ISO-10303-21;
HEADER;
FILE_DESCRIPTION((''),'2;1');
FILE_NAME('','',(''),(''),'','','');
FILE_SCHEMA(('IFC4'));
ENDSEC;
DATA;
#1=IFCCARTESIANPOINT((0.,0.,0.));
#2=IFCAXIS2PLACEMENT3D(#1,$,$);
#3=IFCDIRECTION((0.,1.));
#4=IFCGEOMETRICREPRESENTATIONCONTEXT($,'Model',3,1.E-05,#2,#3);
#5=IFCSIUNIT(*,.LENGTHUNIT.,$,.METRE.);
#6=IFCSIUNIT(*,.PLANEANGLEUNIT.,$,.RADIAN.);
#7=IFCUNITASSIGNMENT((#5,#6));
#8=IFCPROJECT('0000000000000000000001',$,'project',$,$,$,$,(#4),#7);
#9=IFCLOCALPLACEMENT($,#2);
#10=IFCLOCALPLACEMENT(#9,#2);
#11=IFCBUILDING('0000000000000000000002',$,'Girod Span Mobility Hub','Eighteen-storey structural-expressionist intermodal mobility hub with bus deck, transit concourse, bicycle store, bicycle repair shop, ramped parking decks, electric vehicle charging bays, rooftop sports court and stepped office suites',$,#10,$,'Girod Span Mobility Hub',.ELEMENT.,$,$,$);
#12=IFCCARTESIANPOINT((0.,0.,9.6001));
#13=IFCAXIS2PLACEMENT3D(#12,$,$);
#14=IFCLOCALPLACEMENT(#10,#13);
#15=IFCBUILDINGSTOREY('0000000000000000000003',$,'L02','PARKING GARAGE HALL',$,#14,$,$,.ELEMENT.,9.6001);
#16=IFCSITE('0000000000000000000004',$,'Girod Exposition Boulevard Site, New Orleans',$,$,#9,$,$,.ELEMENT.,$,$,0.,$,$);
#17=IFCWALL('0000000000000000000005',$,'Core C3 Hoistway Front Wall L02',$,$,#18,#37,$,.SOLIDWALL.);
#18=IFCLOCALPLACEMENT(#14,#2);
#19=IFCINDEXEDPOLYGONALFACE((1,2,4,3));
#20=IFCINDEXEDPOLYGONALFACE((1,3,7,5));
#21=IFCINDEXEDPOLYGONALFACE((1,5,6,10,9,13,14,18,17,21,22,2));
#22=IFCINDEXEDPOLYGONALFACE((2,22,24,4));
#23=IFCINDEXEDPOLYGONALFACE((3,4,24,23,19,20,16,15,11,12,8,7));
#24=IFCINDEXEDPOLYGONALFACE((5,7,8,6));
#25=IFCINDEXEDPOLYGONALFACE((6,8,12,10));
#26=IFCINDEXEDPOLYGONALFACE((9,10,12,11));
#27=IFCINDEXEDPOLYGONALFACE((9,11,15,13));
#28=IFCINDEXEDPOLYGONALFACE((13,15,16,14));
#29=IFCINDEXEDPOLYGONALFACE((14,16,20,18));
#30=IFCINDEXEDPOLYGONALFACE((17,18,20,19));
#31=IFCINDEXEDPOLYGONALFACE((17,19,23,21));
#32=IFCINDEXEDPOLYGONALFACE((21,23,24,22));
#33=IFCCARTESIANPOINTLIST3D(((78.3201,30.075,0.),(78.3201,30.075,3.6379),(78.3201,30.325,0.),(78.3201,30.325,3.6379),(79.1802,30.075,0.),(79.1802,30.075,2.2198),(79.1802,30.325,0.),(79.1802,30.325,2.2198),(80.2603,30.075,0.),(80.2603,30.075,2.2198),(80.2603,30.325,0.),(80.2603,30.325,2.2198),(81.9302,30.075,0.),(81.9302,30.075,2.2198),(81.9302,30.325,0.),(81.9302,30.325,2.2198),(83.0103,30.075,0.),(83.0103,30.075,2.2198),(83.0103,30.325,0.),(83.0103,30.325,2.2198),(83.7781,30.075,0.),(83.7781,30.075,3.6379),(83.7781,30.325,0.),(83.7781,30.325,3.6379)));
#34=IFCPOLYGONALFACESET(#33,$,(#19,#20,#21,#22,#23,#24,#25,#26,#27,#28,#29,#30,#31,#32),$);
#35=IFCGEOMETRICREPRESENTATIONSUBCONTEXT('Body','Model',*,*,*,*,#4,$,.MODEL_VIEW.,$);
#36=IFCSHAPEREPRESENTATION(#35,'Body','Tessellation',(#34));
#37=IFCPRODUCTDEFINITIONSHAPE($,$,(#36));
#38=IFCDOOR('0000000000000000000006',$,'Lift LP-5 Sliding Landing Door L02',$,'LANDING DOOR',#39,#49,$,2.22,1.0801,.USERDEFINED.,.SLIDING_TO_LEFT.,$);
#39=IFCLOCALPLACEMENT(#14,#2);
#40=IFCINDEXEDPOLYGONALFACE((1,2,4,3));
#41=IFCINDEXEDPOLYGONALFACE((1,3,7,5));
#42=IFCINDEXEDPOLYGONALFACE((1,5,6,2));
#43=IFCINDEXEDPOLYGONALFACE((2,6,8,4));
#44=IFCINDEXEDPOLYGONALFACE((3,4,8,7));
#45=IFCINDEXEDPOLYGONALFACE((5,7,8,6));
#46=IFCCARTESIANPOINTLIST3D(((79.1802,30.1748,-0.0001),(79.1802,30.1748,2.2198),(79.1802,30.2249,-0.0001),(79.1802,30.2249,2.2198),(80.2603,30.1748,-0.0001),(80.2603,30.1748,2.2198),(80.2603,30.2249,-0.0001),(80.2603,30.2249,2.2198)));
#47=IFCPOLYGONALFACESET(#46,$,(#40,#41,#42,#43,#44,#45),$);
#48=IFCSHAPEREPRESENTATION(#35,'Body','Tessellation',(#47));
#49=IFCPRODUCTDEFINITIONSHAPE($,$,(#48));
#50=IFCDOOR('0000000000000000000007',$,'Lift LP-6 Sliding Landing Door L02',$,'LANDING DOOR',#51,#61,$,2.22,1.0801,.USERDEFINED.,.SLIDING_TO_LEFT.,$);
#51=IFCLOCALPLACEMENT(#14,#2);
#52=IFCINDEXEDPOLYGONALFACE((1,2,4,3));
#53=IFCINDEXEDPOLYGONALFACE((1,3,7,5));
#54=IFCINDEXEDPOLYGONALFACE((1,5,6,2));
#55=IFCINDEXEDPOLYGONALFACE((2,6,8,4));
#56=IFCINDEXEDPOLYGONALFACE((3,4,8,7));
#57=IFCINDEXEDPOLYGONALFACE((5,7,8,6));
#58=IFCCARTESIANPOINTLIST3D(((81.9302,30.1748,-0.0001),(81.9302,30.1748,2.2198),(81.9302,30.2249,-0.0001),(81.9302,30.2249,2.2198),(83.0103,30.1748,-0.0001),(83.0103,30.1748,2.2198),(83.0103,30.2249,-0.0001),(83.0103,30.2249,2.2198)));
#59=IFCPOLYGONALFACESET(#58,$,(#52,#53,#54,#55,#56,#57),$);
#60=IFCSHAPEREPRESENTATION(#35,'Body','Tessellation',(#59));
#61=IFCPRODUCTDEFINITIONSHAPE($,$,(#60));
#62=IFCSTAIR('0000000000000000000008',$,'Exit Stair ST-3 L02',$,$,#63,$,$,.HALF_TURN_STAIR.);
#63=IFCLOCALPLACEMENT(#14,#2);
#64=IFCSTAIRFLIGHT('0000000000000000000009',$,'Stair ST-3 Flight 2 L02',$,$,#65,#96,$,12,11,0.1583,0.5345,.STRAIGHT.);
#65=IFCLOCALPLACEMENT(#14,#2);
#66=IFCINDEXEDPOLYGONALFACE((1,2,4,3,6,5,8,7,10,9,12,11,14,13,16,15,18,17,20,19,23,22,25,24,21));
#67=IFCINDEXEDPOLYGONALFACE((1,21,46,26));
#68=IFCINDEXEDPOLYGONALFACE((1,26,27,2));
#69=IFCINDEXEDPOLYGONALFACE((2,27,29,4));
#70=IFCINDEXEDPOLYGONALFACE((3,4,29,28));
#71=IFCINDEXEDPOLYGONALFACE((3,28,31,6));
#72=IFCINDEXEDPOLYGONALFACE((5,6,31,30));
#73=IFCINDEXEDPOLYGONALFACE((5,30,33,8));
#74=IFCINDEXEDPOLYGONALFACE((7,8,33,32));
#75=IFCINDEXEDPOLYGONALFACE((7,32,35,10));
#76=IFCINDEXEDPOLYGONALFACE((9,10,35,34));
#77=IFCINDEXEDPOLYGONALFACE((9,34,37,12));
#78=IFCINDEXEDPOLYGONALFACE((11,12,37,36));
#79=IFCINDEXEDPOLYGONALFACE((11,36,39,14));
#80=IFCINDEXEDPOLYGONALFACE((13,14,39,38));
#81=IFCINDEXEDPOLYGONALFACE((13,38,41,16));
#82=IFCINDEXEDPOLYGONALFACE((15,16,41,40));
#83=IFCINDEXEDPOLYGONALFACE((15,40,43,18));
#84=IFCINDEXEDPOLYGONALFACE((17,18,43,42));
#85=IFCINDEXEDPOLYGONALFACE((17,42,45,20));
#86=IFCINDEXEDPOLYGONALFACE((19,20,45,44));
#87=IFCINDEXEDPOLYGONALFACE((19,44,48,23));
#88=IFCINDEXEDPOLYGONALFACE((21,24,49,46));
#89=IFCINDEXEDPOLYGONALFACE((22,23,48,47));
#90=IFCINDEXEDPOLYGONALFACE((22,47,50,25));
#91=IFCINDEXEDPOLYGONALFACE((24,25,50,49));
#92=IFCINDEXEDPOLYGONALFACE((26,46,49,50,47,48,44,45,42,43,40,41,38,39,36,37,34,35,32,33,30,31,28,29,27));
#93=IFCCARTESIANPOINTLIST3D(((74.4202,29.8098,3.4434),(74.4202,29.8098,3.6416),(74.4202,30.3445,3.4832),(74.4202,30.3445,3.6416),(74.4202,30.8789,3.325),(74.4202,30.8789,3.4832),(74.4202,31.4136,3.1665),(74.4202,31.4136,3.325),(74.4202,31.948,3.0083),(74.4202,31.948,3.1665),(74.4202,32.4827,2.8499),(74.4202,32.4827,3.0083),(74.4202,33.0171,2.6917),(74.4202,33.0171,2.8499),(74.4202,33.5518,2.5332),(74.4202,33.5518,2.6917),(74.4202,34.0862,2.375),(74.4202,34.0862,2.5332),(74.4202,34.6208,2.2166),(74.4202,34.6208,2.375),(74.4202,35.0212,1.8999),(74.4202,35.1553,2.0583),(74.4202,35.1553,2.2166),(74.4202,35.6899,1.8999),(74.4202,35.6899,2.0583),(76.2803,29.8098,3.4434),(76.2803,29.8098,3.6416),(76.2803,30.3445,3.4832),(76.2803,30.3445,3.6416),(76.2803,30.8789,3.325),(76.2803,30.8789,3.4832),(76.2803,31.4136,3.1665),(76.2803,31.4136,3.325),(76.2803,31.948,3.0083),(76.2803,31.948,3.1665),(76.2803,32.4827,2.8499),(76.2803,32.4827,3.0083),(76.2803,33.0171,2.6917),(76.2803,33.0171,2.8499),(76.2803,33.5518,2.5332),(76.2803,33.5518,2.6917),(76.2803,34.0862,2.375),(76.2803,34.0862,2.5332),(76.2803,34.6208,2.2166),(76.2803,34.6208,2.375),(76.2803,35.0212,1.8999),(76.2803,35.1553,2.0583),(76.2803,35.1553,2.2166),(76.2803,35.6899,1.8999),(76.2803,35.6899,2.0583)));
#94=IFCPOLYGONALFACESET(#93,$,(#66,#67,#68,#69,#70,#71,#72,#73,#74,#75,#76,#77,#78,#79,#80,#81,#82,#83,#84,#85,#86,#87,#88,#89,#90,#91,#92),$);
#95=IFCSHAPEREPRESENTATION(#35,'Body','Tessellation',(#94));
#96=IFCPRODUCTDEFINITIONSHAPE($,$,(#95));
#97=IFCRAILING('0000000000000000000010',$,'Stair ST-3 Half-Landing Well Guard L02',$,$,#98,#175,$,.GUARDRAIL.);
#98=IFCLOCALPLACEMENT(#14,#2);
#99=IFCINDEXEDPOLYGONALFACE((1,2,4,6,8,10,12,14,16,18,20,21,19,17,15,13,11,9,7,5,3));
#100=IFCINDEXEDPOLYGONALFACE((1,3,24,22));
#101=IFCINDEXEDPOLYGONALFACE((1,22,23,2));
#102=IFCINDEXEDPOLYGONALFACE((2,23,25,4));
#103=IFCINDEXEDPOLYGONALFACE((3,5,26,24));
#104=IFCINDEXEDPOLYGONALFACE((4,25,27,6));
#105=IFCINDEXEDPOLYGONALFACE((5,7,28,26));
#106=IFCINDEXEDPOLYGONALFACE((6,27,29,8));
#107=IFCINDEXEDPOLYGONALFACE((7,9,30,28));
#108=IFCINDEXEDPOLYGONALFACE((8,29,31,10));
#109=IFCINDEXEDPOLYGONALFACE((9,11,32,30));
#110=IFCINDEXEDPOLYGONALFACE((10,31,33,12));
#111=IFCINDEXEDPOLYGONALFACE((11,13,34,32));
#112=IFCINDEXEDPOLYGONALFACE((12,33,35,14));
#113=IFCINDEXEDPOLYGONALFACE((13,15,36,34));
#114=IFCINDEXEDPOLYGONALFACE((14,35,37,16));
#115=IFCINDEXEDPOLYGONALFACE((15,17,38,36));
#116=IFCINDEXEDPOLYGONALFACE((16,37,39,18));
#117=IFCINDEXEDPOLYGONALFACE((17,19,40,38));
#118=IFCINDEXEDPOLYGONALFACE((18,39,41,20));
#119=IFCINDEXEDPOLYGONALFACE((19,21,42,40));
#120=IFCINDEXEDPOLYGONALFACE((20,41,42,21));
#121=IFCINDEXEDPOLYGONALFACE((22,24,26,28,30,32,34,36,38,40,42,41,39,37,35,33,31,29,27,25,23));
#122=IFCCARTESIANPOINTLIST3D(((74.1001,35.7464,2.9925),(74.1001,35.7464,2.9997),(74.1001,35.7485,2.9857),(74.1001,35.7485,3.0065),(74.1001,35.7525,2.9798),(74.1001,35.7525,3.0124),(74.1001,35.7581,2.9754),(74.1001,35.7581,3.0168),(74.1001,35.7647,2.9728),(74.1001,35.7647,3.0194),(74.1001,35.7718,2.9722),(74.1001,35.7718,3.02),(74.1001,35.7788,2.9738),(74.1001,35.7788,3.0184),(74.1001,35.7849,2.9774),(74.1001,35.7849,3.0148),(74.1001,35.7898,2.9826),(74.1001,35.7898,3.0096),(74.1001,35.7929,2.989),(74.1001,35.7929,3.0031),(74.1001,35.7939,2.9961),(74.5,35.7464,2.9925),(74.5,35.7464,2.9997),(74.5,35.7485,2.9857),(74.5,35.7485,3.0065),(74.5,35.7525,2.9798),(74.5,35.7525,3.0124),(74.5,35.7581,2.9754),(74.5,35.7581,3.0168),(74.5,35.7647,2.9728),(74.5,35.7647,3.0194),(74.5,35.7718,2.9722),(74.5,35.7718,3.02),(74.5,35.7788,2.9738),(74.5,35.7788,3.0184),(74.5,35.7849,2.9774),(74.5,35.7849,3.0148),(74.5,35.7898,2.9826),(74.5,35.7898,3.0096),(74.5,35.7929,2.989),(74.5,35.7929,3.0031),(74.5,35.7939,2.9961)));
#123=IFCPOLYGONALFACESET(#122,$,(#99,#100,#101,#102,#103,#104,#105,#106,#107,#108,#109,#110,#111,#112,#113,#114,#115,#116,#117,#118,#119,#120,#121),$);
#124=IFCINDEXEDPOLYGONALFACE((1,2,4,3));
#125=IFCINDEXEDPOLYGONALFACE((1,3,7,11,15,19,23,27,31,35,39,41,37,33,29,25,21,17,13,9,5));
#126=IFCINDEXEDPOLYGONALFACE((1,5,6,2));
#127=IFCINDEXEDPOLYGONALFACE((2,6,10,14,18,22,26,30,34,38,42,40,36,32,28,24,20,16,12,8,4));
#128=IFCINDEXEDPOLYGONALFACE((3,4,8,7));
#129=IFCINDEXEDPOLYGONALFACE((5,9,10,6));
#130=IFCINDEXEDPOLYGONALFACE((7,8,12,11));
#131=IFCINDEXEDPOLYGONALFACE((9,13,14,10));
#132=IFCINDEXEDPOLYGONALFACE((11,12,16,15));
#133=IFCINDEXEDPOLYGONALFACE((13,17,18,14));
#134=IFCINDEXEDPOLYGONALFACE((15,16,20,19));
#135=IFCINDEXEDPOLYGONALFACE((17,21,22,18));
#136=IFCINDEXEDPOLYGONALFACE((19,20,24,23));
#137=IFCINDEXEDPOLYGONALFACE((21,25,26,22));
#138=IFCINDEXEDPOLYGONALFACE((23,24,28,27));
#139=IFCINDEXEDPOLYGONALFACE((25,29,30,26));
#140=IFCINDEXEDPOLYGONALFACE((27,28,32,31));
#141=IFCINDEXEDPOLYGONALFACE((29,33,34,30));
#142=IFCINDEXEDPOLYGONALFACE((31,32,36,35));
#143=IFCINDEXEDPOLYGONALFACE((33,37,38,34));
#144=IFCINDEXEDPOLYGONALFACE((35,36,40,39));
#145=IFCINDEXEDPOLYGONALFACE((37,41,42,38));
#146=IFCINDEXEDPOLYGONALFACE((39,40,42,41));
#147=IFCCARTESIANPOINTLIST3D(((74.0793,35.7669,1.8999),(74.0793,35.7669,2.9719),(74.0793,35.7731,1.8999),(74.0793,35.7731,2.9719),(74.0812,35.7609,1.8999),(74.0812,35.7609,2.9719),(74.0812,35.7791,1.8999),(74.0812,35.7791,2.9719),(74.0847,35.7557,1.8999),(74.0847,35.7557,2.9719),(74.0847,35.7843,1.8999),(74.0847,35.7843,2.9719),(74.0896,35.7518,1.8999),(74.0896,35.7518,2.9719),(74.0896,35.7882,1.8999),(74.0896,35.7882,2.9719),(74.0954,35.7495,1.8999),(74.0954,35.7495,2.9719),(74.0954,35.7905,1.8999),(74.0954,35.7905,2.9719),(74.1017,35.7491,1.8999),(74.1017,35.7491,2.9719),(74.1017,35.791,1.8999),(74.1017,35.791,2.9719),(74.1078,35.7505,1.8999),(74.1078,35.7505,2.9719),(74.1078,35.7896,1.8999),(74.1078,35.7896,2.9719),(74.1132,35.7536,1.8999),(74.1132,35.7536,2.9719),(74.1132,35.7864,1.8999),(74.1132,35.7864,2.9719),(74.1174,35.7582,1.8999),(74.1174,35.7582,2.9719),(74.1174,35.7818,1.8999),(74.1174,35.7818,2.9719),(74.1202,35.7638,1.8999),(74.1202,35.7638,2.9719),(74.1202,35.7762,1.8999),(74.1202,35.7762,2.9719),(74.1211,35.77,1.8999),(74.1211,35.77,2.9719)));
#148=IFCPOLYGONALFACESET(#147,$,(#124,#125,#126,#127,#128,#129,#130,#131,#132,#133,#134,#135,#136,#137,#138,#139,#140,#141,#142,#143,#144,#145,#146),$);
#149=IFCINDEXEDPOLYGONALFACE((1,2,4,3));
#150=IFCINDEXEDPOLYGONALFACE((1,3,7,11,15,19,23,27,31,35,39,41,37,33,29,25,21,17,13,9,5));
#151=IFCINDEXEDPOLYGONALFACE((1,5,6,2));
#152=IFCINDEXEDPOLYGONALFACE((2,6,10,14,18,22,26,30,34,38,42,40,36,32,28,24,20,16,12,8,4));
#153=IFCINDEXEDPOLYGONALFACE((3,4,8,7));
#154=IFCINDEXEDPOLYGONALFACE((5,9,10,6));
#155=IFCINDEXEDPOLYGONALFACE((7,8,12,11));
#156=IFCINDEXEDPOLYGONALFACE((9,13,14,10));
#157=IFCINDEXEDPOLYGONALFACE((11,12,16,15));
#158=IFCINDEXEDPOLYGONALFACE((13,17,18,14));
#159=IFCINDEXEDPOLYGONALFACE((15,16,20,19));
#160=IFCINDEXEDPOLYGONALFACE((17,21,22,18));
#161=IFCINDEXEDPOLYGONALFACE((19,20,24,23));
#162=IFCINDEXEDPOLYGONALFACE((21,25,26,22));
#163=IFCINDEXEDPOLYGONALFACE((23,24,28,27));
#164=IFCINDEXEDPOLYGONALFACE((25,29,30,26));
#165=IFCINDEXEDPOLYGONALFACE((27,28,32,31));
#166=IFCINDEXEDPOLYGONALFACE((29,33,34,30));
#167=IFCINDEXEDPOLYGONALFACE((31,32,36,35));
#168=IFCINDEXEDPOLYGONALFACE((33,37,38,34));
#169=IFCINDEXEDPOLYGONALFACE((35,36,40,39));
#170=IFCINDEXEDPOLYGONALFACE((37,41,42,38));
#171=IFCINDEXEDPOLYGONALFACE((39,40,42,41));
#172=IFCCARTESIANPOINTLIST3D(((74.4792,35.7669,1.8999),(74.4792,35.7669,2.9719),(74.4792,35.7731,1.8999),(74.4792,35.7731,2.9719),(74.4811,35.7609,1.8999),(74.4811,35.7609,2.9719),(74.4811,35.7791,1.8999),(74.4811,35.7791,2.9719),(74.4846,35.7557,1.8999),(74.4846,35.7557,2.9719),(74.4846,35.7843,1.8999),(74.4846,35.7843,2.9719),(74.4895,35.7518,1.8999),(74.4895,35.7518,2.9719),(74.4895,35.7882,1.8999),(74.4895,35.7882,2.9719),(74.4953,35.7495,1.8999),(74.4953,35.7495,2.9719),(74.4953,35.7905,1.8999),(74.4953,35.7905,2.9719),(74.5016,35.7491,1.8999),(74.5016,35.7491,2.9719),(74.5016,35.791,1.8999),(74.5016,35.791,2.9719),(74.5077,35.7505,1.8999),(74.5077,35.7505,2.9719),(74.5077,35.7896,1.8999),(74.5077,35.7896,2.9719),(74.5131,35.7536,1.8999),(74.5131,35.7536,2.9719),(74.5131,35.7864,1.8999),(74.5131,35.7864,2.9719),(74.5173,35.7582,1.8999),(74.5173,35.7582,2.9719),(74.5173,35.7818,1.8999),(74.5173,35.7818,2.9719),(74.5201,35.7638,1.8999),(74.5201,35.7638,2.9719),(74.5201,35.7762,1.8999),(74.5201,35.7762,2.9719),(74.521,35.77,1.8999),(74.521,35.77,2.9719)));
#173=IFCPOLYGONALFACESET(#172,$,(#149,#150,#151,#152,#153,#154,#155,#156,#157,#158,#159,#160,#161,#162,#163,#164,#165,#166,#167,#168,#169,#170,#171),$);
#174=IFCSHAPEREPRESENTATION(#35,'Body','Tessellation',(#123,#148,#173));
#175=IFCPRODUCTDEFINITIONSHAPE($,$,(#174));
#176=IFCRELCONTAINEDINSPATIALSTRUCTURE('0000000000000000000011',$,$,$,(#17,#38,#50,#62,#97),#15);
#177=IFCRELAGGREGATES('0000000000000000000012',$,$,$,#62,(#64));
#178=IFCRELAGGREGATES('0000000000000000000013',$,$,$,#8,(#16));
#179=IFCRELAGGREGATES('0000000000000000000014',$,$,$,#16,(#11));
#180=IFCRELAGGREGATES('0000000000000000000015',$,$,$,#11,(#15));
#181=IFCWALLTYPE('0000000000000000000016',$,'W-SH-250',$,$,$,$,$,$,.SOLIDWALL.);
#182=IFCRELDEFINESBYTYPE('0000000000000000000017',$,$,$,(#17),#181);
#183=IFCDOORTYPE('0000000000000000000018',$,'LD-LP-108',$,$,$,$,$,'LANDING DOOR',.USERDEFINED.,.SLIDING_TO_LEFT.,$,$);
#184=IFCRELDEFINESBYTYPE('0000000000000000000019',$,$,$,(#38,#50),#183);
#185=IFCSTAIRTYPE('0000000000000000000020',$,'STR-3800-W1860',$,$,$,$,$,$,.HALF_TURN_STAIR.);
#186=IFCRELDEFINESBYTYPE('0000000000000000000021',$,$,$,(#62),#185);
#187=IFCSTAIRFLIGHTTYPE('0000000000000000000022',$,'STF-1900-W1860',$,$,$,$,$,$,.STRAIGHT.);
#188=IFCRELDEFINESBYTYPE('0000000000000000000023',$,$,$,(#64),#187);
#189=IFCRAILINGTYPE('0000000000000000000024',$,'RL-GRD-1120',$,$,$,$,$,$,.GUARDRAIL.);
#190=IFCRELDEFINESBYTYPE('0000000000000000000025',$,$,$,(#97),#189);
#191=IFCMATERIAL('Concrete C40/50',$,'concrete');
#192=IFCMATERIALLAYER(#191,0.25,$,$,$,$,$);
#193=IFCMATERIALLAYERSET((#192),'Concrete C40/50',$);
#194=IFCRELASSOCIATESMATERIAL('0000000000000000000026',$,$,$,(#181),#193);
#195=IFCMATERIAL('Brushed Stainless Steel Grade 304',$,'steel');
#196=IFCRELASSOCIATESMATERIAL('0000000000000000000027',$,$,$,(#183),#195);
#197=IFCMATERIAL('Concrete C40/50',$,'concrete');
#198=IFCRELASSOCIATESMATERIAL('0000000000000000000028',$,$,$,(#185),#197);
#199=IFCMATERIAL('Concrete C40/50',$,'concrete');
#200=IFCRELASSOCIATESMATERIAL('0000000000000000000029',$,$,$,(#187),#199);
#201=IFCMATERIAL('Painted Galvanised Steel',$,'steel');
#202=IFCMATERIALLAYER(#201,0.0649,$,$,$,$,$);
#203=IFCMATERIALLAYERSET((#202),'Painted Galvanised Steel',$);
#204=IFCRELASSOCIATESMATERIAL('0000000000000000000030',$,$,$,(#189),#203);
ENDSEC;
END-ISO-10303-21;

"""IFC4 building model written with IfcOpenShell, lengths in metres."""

from ifc_helpers import new_model, si_unit, direction, frame, frame_2d, origin, origin_2d, place, context, subcontext, project, spatial, polyline, rectangle, circle, outline, extrude, material, layer, layer_set, type_object, element, fill, aggregate, save


model = new_model("IFC4")

# Units and contexts
model_context = context("Model", 3, precision=1e-05, world=origin(), true_north=direction((0.0, 1.0)))
body_context = subcontext(model_context, "Body", "Model", "MODEL_VIEW")
ifc_project = project(units=[si_unit("LENGTHUNIT", "METRE"), si_unit("PLANEANGLEUNIT", "RADIAN")], contexts=[model_context])

# Site, building, storey
site_placement = place(None, origin())
site = spatial("IfcSite", under=ifc_project, at=site_placement, Name="Girod Exposition Boulevard Site, New Orleans", CompositionType="ELEMENT", RefElevation=0.0)
building_placement = place(site_placement, origin())
building = spatial("IfcBuilding", under=site, at=building_placement, Name="Girod Span Mobility Hub", Description="Eighteen-storey structural-expressionist intermodal mobility hub with bus deck, transit concourse, bicycle store, bicycle repair shop, ramped parking decks, electric vehicle charging bays, rooftop sports court and stepped office suites", LongName="Girod Span Mobility Hub", CompositionType="ELEMENT")
storey_placement = place(building_placement, frame((0.0, 0.0, 9.6001)))
storey = spatial("IfcBuildingStorey", under=building, at=storey_placement, Name="L02", Description="PARKING GARAGE HALL", CompositionType="ELEMENT", Elevation=9.6001)

# Wall, openings, doors
ifc_material_1 = material(Name="Concrete C40/50", Category="concrete")
ifc_layer_1 = layer(ifc_material_1, 0.25)
ifc_layer_set_1 = layer_set([ifc_layer_1], Name="Concrete C40/50")
wall_type_1 = type_object("IfcWallType", Name="W-SH-250", PredefinedType="SOLIDWALL", material=ifc_layer_set_1)
wall_1_placement = place(storey_placement, frame((78.3201, 30.2, 0.0), z_axis=(0.0, 0.0, 1.0), x_axis=(1.0, 0.0, 0.0)))
wall_1 = element("IfcWall", 1, at=wall_1_placement, inside=storey, type_object=wall_type_1, Name="Core C3 Hoistway Front Wall L02", PredefinedType="SOLIDWALL", context=body_context, shape_type="SweptSolid", body=[
    extrude(rectangle(XDim=5.458, YDim=0.25, at=frame_2d((2.729, 0.0))), origin(), (0.0, 0.0, 1.0), 3.6379),
])
opening_1_placement = place(wall_1_placement, frame((0.8601, 0.0, 0.0)))
opening_1 = element("IfcOpeningElement", 2, at=opening_1_placement, cuts=wall_1, PredefinedType="OPENING", context=body_context, shape_type="SweptSolid", body=[
    extrude(rectangle(XDim=1.0801, YDim=2.22, at=frame_2d((0.54, 1.1099))), frame((0.0, 0.1399, 0.0), z_axis=(0.0, -1.0, 0.0), x_axis=(1.0, 0.0, 0.0)), (0.0, 0.0, 1.0), 0.28),
])
opening_2_placement = place(wall_1_placement, frame((3.6101, 0.0, 0.0)))
opening_2 = element("IfcOpeningElement", 3, at=opening_2_placement, cuts=wall_1, PredefinedType="OPENING", context=body_context, shape_type="SweptSolid", body=[
    extrude(rectangle(XDim=1.0801, YDim=2.22, at=frame_2d((0.54, 1.1099))), frame((0.0, 0.1399, 0.0), z_axis=(0.0, -1.0, 0.0), x_axis=(1.0, 0.0, 0.0)), (0.0, 0.0, 1.0), 0.28),
])
ifc_material_2 = material(Name="Brushed Stainless Steel Grade 304", Category="steel")
door_type_1 = type_object("IfcDoorType", Name="LD-LP-108", ElementType="LANDING DOOR", OperationType="SLIDING_TO_LEFT", PredefinedType="USERDEFINED", material=ifc_material_2)
door_1_placement = place(opening_1_placement, origin())
door_1 = element("IfcDoor", 4, at=door_1_placement, inside=storey, type_object=door_type_1, Name="Lift LP-5 Sliding Landing Door L02", ObjectType="LANDING DOOR", OperationType="SLIDING_TO_LEFT", OverallHeight=2.22, OverallWidth=1.0801, PredefinedType="USERDEFINED", context=body_context, shape_type="SweptSolid", body=[
    extrude(rectangle(XDim=1.0801, YDim=2.22, at=frame_2d((0.54, 1.1099))), frame((0.0, 0.0249, 0.0), z_axis=(0.0, -1.0, 0.0), x_axis=(1.0, 0.0, 0.0)), (0.0, 0.0, 1.0), 0.05),
])
fill(opening_1, door_1)
door_2_placement = place(opening_2_placement, origin())
door_2 = element("IfcDoor", 5, at=door_2_placement, inside=storey, type_object=door_type_1, Name="Lift LP-6 Sliding Landing Door L02", ObjectType="LANDING DOOR", OperationType="SLIDING_TO_LEFT", OverallHeight=2.22, OverallWidth=1.0801, PredefinedType="USERDEFINED", context=body_context, shape_type="SweptSolid", body=[
    extrude(rectangle(XDim=1.0801, YDim=2.22, at=frame_2d((0.54, 1.1099))), frame((0.0, 0.0249, 0.0), z_axis=(0.0, -1.0, 0.0), x_axis=(1.0, 0.0, 0.0)), (0.0, 0.0, 1.0), 0.05),
])
fill(opening_2, door_2)

# Stair, stair flight
ifc_material_3 = material(Name="Concrete C40/50", Category="concrete")
stair_type = type_object("IfcStairType", Name="STR-3800-W1860", PredefinedType="HALF_TURN_STAIR", material=ifc_material_3)
stair_placement = place(storey_placement, origin())
stair = element("IfcStair", 6, at=stair_placement, inside=storey, type_object=stair_type, Name="Exit Stair ST-3 L02", PredefinedType="HALF_TURN_STAIR")
ifc_material_4 = material(Name="Concrete C40/50", Category="concrete")
stair_flight_type = type_object("IfcStairFlightType", Name="STF-1900-W1860", PredefinedType="STRAIGHT", material=ifc_material_4)
stair_flight_placement = place(storey_placement, frame((75.3501, 35.6899, 1.8999), z_axis=(0.0, 0.0, 1.0), x_axis=(0.0, -1.0, 0.0)))
stair_flight = element("IfcStairFlight", 7, at=stair_flight_placement, type_object=stair_flight_type, Name="Stair ST-3 Flight 2 L02", NumberOfRisers=12, NumberOfTreads=11, PredefinedType="STRAIGHT", RiserHeight=0.1583, TreadLength=0.5345, context=body_context, shape_type="SweptSolid", body=[
    extrude(outline(polyline([(0.0, 0.0), (0.0, 0.1584), (0.5347, 0.1584), (0.5347, 0.3167), (1.0691, 0.3167), (1.0691, 0.4751), (1.6038, 0.4751), (1.6038, 0.6333), (2.1382, 0.6333), (2.1382, 0.7917), (2.6729, 0.7917), (2.6729, 0.95), (3.2073, 0.95), (3.2073, 1.1084), (3.7419, 1.1084), (3.7419, 1.2666), (4.2764, 1.2666), (4.2764, 1.425), (4.811, 1.425), (4.811, 1.5833), (5.3455, 1.5833), (5.3455, 1.7417), (5.8801, 1.7417), (5.8801, 1.8999), (5.8801, 1.5435), (0.6687, 0.0), (0.0, 0.0)])), frame((0.0, 0.9302, 0.0), z_axis=(0.0, -1.0, 0.0), x_axis=(1.0, 0.0, 0.0)), (0.0, 0.0, 1.0), 1.8601),
])
aggregate(stair, [stair_flight])

# Railing
ifc_material_5 = material(Name="Painted Galvanised Steel", Category="steel")
ifc_layer_2 = layer(ifc_material_5, 0.0649)
ifc_layer_set_2 = layer_set([ifc_layer_2], Name="Painted Galvanised Steel")
railing_type_1 = type_object("IfcRailingType", Name="RL-GRD-1120", PredefinedType="GUARDRAIL", material=ifc_layer_set_2)
railing_1_placement = place(storey_placement, frame((74.1001, 35.77, 1.8999)))
element("IfcRailing", 8, at=railing_1_placement, inside=storey, type_object=railing_type_1, Name="Stair ST-3 Half-Landing Well Guard L02", PredefinedType="GUARDRAIL", context=body_context, shape_type="SweptSolid", body=[
    extrude(circle(Radius=0.0239, at=origin_2d()), frame((0.0, 0.0, 1.0962), z_axis=(1.0, 0.0, 0.0), x_axis=(0.0, 1.0, 0.0)), (0.0, 0.0, 1.0), 0.3999),
    extrude(circle(Radius=0.021, at=origin_2d()), origin(), (0.0, 0.0, 1.0), 1.072),
    extrude(circle(Radius=0.021, at=origin_2d()), frame((0.3999, 0.0, 0.0)), (0.0, 0.0, 1.0), 1.072),
])

save(model, "model.ifc")
